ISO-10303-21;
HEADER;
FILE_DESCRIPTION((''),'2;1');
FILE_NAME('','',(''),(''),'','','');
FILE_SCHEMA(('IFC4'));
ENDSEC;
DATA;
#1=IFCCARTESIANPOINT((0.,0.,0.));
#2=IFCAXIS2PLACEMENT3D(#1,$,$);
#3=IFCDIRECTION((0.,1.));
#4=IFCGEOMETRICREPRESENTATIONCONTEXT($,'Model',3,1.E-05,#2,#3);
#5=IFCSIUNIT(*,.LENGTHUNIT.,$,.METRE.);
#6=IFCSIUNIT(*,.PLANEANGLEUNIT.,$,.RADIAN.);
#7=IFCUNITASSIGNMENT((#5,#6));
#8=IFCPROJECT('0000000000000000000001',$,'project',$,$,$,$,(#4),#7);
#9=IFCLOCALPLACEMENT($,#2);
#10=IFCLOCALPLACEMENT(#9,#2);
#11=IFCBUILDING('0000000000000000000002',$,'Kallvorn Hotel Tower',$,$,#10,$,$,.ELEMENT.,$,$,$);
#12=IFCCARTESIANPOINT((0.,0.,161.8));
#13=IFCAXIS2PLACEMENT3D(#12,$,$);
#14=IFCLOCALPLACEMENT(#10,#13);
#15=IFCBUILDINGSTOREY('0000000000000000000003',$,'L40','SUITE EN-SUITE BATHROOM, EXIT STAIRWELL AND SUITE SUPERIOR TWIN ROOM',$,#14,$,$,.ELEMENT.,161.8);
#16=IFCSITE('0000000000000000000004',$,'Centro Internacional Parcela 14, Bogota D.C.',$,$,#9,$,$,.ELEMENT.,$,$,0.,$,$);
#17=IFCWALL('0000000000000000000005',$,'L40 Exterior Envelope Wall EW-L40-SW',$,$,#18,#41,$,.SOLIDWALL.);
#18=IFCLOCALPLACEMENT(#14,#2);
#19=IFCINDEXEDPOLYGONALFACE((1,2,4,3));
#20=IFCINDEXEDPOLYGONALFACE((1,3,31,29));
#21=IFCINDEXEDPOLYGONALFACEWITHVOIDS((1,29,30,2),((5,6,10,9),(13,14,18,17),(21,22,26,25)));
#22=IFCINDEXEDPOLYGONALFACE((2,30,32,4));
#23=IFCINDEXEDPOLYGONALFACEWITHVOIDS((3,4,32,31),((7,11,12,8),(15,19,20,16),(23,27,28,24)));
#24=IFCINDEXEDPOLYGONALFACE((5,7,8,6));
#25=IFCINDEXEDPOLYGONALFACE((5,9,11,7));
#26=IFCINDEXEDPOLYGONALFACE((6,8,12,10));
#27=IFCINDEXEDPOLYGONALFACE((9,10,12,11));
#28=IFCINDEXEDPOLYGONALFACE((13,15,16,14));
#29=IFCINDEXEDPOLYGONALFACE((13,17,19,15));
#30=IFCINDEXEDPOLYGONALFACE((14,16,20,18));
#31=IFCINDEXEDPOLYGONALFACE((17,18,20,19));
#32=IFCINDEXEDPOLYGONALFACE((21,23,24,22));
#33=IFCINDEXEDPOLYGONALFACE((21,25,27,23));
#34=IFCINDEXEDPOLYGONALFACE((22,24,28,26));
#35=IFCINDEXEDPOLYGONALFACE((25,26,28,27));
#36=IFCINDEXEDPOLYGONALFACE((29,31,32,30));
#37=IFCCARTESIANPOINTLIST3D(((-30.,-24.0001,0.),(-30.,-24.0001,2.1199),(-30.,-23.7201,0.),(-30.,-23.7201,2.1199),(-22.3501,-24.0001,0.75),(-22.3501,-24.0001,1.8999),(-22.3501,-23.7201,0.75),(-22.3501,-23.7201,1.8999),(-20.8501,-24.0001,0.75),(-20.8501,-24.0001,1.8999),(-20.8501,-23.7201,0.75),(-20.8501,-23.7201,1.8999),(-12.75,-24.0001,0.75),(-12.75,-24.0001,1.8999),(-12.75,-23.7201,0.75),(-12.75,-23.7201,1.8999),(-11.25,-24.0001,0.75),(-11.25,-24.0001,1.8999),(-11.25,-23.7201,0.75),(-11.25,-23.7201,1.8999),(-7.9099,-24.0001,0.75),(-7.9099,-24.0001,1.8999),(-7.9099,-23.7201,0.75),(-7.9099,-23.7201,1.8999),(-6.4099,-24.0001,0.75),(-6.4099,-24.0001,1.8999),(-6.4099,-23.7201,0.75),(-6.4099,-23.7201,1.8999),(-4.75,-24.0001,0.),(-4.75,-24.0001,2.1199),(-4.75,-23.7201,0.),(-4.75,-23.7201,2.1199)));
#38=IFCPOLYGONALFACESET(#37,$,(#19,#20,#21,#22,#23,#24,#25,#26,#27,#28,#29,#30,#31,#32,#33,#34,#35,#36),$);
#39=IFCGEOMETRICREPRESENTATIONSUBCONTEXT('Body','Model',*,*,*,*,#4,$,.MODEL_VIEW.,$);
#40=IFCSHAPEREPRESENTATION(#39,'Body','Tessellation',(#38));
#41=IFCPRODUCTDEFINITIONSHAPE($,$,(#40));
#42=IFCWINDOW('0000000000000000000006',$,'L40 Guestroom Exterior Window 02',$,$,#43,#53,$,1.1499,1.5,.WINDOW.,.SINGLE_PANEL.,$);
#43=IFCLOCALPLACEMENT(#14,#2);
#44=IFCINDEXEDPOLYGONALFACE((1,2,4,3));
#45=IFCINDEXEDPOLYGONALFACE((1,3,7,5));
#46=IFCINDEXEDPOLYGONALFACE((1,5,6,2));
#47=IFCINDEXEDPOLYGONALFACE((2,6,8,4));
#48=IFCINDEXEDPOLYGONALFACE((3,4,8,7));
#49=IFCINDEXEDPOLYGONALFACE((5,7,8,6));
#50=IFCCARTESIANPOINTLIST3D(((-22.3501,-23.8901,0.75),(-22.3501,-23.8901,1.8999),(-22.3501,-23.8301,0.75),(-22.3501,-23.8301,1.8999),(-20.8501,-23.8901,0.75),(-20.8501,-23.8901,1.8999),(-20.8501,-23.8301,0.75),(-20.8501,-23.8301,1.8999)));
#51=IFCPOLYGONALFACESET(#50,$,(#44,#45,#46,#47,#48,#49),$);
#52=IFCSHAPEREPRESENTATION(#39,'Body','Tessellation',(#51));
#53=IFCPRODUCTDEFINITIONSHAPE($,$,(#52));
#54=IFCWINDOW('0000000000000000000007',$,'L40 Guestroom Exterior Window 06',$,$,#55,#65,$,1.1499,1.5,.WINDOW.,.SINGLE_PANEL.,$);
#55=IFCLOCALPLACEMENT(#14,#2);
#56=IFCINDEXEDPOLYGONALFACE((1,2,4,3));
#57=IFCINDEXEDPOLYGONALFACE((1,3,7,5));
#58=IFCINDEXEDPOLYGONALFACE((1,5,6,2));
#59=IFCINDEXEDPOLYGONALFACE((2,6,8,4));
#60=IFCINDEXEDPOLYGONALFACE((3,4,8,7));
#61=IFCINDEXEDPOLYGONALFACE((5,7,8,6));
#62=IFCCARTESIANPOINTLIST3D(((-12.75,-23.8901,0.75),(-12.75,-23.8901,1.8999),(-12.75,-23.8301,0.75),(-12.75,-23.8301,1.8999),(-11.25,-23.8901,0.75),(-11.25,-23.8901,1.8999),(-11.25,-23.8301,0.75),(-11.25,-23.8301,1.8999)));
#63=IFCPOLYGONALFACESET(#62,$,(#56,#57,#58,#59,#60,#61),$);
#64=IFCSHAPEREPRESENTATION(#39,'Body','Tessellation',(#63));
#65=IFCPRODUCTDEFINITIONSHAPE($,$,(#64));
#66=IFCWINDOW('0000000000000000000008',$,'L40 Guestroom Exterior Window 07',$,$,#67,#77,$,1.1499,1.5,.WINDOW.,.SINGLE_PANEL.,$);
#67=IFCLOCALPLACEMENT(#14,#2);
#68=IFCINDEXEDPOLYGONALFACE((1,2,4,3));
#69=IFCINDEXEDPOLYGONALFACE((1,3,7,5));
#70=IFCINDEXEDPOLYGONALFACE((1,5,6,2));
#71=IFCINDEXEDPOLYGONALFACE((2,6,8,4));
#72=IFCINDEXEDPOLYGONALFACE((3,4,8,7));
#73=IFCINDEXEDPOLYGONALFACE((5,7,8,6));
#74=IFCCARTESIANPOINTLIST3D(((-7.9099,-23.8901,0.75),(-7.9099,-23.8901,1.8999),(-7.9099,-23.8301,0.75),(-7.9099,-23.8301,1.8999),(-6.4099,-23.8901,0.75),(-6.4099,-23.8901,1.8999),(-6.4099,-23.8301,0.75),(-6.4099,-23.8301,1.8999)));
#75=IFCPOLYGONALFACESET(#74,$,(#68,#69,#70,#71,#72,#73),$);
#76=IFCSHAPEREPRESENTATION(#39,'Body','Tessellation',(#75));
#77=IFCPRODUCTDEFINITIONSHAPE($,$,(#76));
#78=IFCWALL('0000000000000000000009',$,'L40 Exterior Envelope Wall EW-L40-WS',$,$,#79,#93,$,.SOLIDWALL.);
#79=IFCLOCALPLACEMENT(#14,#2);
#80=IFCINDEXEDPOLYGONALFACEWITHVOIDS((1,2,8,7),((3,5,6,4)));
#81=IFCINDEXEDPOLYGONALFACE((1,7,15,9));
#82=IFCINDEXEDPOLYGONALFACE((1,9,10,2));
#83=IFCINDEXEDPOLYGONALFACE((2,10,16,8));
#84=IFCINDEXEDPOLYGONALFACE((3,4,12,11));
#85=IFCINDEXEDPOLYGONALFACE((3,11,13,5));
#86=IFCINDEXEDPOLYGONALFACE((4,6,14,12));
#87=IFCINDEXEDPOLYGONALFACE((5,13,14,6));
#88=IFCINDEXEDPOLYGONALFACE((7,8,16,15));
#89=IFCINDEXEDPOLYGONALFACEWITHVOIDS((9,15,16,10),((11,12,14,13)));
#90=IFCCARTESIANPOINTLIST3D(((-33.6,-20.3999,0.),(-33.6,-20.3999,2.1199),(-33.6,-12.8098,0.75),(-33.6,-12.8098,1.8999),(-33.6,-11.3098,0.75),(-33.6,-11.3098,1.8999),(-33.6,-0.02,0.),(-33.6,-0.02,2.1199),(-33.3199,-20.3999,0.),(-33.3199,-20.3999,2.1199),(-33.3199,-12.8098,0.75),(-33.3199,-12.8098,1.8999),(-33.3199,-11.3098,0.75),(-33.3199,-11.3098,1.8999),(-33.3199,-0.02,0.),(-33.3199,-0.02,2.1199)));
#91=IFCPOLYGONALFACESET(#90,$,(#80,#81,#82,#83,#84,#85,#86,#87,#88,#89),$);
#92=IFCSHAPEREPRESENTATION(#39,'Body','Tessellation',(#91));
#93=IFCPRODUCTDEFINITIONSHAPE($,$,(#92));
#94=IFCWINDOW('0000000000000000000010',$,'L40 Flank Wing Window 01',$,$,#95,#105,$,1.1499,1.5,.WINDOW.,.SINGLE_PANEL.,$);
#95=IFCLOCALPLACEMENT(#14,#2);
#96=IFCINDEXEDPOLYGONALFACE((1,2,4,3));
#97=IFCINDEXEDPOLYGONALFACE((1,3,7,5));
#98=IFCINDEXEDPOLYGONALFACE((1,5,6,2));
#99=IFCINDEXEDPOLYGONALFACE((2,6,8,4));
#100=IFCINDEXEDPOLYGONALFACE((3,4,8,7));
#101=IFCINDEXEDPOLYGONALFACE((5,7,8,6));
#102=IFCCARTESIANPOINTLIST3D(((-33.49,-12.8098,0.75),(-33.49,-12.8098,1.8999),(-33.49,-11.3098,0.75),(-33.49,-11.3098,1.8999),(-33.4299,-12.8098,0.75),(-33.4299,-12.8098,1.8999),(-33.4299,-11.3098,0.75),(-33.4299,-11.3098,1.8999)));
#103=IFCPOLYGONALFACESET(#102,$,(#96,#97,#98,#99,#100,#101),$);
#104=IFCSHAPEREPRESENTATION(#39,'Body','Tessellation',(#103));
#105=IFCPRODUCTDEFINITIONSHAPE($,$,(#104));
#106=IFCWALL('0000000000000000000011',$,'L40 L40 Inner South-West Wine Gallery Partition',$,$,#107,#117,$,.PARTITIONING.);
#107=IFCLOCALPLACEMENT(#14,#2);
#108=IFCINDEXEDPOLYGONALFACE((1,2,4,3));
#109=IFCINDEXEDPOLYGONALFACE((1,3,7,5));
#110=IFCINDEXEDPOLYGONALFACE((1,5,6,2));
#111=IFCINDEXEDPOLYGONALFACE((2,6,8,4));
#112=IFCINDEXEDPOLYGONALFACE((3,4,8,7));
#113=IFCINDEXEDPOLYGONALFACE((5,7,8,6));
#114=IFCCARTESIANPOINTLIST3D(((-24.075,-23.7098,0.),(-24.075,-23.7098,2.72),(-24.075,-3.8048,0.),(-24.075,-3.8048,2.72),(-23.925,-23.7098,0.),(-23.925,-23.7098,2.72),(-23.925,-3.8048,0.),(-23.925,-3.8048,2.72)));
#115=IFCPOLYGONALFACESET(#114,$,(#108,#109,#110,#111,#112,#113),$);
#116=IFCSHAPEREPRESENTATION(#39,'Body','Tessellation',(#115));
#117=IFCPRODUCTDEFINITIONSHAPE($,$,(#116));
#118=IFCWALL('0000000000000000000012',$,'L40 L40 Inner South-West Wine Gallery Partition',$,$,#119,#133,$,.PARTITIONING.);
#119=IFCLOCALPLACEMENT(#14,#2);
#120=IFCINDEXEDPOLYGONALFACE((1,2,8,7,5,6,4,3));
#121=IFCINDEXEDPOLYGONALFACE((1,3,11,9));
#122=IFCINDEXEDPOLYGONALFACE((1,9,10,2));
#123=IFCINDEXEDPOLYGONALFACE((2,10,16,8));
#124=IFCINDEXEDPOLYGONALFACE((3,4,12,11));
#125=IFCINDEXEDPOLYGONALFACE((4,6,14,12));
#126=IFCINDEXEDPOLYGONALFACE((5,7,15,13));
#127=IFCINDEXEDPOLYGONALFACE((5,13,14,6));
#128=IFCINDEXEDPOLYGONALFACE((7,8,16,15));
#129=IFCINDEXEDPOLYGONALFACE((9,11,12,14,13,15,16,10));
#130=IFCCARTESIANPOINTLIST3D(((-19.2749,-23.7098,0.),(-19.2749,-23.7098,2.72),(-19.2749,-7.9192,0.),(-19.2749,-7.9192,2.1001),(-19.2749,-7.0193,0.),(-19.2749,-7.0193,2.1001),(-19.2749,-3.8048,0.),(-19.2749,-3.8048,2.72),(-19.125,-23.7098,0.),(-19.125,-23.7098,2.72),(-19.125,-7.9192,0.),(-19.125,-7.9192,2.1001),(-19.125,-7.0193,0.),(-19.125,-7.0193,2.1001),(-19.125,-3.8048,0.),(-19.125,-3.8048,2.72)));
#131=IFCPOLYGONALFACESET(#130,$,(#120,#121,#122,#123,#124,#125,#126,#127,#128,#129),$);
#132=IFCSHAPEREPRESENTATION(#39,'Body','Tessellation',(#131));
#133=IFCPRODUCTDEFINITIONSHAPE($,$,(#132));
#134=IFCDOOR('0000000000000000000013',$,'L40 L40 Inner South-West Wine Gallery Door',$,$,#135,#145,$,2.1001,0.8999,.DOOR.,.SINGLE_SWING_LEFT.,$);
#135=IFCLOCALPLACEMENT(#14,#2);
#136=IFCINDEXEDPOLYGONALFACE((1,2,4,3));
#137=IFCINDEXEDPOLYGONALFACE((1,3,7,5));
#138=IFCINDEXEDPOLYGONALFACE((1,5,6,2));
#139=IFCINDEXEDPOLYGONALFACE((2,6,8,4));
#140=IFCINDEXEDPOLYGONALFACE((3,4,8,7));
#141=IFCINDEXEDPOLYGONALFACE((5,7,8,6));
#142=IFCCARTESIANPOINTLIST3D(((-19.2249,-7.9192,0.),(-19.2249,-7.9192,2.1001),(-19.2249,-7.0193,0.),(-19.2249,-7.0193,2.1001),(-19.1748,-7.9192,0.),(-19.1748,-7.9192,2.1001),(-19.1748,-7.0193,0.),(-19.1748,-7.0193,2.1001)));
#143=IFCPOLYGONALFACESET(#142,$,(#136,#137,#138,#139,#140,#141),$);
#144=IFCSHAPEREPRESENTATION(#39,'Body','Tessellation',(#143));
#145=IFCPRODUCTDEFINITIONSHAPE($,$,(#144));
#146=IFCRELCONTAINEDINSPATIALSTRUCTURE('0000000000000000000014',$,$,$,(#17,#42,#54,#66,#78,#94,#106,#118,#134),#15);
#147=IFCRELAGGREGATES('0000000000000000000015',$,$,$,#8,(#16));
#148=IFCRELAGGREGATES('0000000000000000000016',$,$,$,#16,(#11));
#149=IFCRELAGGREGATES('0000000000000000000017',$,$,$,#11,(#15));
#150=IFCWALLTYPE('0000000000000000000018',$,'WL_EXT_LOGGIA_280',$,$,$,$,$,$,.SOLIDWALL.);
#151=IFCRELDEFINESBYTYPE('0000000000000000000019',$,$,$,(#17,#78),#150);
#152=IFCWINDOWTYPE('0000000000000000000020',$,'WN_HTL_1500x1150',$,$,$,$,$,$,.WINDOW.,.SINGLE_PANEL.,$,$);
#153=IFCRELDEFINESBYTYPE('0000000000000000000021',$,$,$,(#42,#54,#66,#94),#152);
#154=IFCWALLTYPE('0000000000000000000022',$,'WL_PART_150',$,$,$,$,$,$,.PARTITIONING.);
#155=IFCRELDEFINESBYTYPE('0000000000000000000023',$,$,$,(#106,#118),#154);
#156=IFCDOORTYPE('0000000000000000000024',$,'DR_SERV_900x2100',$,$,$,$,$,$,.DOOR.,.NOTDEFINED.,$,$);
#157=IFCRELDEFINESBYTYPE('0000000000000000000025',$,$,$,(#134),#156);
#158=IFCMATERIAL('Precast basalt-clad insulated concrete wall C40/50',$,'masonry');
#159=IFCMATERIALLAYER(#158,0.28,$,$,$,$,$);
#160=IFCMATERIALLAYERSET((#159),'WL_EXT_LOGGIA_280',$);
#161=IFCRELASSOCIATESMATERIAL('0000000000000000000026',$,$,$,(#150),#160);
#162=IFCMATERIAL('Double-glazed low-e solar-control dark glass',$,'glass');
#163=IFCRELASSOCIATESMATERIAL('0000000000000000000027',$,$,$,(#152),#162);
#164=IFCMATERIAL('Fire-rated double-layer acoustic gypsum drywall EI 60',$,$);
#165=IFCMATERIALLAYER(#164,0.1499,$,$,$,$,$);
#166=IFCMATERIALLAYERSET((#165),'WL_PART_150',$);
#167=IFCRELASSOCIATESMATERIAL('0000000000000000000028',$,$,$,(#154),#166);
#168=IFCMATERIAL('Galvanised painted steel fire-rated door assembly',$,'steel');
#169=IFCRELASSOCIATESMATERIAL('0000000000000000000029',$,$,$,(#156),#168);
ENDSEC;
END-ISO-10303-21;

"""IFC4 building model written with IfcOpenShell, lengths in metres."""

from ifc_helpers import new_model, si_unit, direction, frame, frame_2d, origin, place, context, subcontext, project, spatial, rectangle, extrude, material, layer, layer_set, type_object, element, fill, save


model = new_model("IFC4")

# Units and contexts
model_context = context("Model", 3, precision=1e-05, world=origin(), true_north=direction((0.0, 1.0)))
body_context = subcontext(model_context, "Body", "Model", "MODEL_VIEW")
ifc_project = project(units=[si_unit("LENGTHUNIT", "METRE"), si_unit("PLANEANGLEUNIT", "RADIAN")], contexts=[model_context])

# Site, building, storey
site_placement = place(None, origin())
site = spatial("IfcSite", under=ifc_project, at=site_placement, Name="Centro Internacional Parcela 14, Bogota D.C.", CompositionType="ELEMENT", RefElevation=0.0)
building_placement = place(site_placement, origin())
building = spatial("IfcBuilding", under=site, at=building_placement, Name="Kallvorn Hotel Tower", CompositionType="ELEMENT")
storey_placement = place(building_placement, frame((0.0, 0.0, 161.8)))
storey = spatial("IfcBuildingStorey", under=building, at=storey_placement, Name="L40", Description="SUITE EN-SUITE BATHROOM, EXIT STAIRWELL AND SUITE SUPERIOR TWIN ROOM", CompositionType="ELEMENT", Elevation=161.8)

# Shared definitions
ifc_material_1 = material(Name="Precast basalt-clad insulated concrete wall C40/50", Category="masonry")
ifc_layer_1 = layer(ifc_material_1, 0.28)
ifc_layer_set_1 = layer_set([ifc_layer_1], Name="WL_EXT_LOGGIA_280")
wall_type_1 = type_object("IfcWallType", Name="WL_EXT_LOGGIA_280", PredefinedType="SOLIDWALL", material=ifc_layer_set_1)

# Wall, openings, windows
wall_1_placement = place(storey_placement, frame((-30.0, -23.8601, 0.0), z_axis=(0.0, 0.0, 1.0), x_axis=(1.0, 0.0, 0.0)))
wall_1 = element("IfcWall", 1, at=wall_1_placement, inside=storey, type_object=wall_type_1, Name="L40 Exterior Envelope Wall EW-L40-SW", PredefinedType="SOLIDWALL", context=body_context, shape_type="SweptSolid", body=[
    extrude(rectangle(XDim=25.25, YDim=0.28, at=frame_2d((12.625, 0.0))), origin(), (0.0, 0.0, 1.0), 2.1199),
])
opening_1_placement = place(wall_1_placement, frame((7.6499, 0.0, 0.75)))
opening_1 = element("IfcOpeningElement", 2, at=opening_1_placement, cuts=wall_1, PredefinedType="OPENING", context=body_context, shape_type="SweptSolid", body=[
    extrude(rectangle(XDim=1.5, YDim=1.1499, at=frame_2d((0.75, 0.575))), frame((0.0, 0.155, 0.0), z_axis=(0.0, -1.0, 0.0), x_axis=(1.0, 0.0, 0.0)), (0.0, 0.0, 1.0), 0.3101),
])
opening_2_placement = place(wall_1_placement, frame((17.25, 0.0, 0.75)))
opening_2 = element("IfcOpeningElement", 3, at=opening_2_placement, cuts=wall_1, PredefinedType="OPENING", context=body_context, shape_type="SweptSolid", body=[
    extrude(rectangle(XDim=1.5, YDim=1.1499, at=frame_2d((0.75, 0.575))), frame((0.0, 0.155, 0.0), z_axis=(0.0, -1.0, 0.0), x_axis=(1.0, 0.0, 0.0)), (0.0, 0.0, 1.0), 0.3101),
])
opening_3_placement = place(wall_1_placement, frame((22.0901, 0.0, 0.75)))
opening_3 = element("IfcOpeningElement", 4, at=opening_3_placement, cuts=wall_1, PredefinedType="OPENING", context=body_context, shape_type="SweptSolid", body=[
    extrude(rectangle(XDim=1.5, YDim=1.1499, at=frame_2d((0.75, 0.575))), frame((0.0, 0.155, 0.0), z_axis=(0.0, -1.0, 0.0), x_axis=(1.0, 0.0, 0.0)), (0.0, 0.0, 1.0), 0.3101),
])
ifc_material_2 = material(Name="Double-glazed low-e solar-control dark glass", Category="glass")
window_type = type_object("IfcWindowType", Name="WN_HTL_1500x1150", PartitioningType="SINGLE_PANEL", PredefinedType="WINDOW", material=ifc_material_2)
window_1_placement = place(opening_1_placement, origin())
window_1 = element("IfcWindow", 5, at=window_1_placement, inside=storey, type_object=window_type, Name="L40 Guestroom Exterior Window 02", OverallHeight=1.1499, OverallWidth=1.5, PartitioningType="SINGLE_PANEL", PredefinedType="WINDOW", context=body_context, shape_type="SweptSolid", body=[
    extrude(rectangle(XDim=1.5, YDim=1.1499, at=frame_2d((0.75, 0.575))), frame((0.0, 0.03, 0.0), z_axis=(0.0, -1.0, 0.0), x_axis=(1.0, 0.0, 0.0)), (0.0, 0.0, 1.0), 0.0601),
])
fill(opening_1, window_1)
window_2_placement = place(opening_2_placement, origin())
window_2 = element("IfcWindow", 6, at=window_2_placement, inside=storey, type_object=window_type, Name="L40 Guestroom Exterior Window 06", OverallHeight=1.1499, OverallWidth=1.5, PartitioningType="SINGLE_PANEL", PredefinedType="WINDOW", context=body_context, shape_type="SweptSolid", body=[
    extrude(rectangle(XDim=1.5, YDim=1.1499, at=frame_2d((0.75, 0.575))), frame((0.0, 0.03, 0.0), z_axis=(0.0, -1.0, 0.0), x_axis=(1.0, 0.0, 0.0)), (0.0, 0.0, 1.0), 0.0601),
])
fill(opening_2, window_2)
window_3_placement = place(opening_3_placement, origin())
window_3 = element("IfcWindow", 7, at=window_3_placement, inside=storey, type_object=window_type, Name="L40 Guestroom Exterior Window 07", OverallHeight=1.1499, OverallWidth=1.5, PartitioningType="SINGLE_PANEL", PredefinedType="WINDOW", context=body_context, shape_type="SweptSolid", body=[
    extrude(rectangle(XDim=1.5, YDim=1.1499, at=frame_2d((0.75, 0.575))), frame((0.0, 0.03, 0.0), z_axis=(0.0, -1.0, 0.0), x_axis=(1.0, 0.0, 0.0)), (0.0, 0.0, 1.0), 0.0601),
])
fill(opening_3, window_3)

# Wall, opening, window
wall_2_placement = place(storey_placement, frame((-33.46, -20.3999, 0.0), z_axis=(0.0, 0.0, 1.0), x_axis=(0.0, 1.0, 0.0)))
wall_2 = element("IfcWall", 8, at=wall_2_placement, inside=storey, type_object=wall_type_1, Name="L40 Exterior Envelope Wall EW-L40-WS", PredefinedType="SOLIDWALL", context=body_context, shape_type="SweptSolid", body=[
    extrude(rectangle(XDim=20.3799, YDim=0.28, at=frame_2d((10.1899, 0.0))), origin(), (0.0, 0.0, 1.0), 2.1199),
])
opening_4_placement = place(wall_2_placement, frame((7.5901, 0.0, 0.75)))
opening_4 = element("IfcOpeningElement", 9, at=opening_4_placement, cuts=wall_2, PredefinedType="OPENING", context=body_context, shape_type="SweptSolid", body=[
    extrude(rectangle(XDim=1.5, YDim=1.1499, at=frame_2d((0.75, 0.575))), frame((0.0, 0.155, 0.0), z_axis=(0.0, -1.0, 0.0), x_axis=(1.0, 0.0, 0.0)), (0.0, 0.0, 1.0), 0.3101),
])
window_4_placement = place(opening_4_placement, origin())
window_4 = element("IfcWindow", 10, at=window_4_placement, inside=storey, type_object=window_type, Name="L40 Flank Wing Window 01", OverallHeight=1.1499, OverallWidth=1.5, PartitioningType="SINGLE_PANEL", PredefinedType="WINDOW", context=body_context, shape_type="SweptSolid", body=[
    extrude(rectangle(XDim=1.5, YDim=1.1499, at=frame_2d((0.75, 0.575))), frame((0.0, 0.03, 0.0), z_axis=(0.0, -1.0, 0.0), x_axis=(1.0, 0.0, 0.0)), (0.0, 0.0, 1.0), 0.0601),
])
fill(opening_4, window_4)

# Wall
ifc_material_3 = material(Name="Fire-rated double-layer acoustic gypsum drywall EI 60")
ifc_layer_2 = layer(ifc_material_3, 0.1499)
ifc_layer_set_2 = layer_set([ifc_layer_2], Name="WL_PART_150")
wall_type_2 = type_object("IfcWallType", Name="WL_PART_150", PredefinedType="PARTITIONING", material=ifc_layer_set_2)
wall_3_placement = place(storey_placement, frame((-24.0, -23.71, 0.0), z_axis=(0.0, 0.0, 1.0), x_axis=(0.0, 1.0, 0.0)))
element("IfcWall", 11, at=wall_3_placement, inside=storey, type_object=wall_type_2, Name="L40 L40 Inner South-West Wine Gallery Partition", PredefinedType="PARTITIONING", context=body_context, shape_type="SweptSolid", body=[
    extrude(rectangle(XDim=19.905, YDim=0.1499, at=frame_2d((9.9526, 0.0))), origin(), (0.0, 0.0, 1.0), 2.72),
])

# Wall, opening, door
wall_4_placement = place(storey_placement, frame((-19.2, -23.71, 0.0), z_axis=(0.0, 0.0, 1.0), x_axis=(0.0, 1.0, 0.0)))
wall_4 = element("IfcWall", 12, at=wall_4_placement, inside=storey, type_object=wall_type_2, Name="L40 L40 Inner South-West Wine Gallery Partition", PredefinedType="PARTITIONING", context=body_context, shape_type="SweptSolid", body=[
    extrude(rectangle(XDim=19.905, YDim=0.1499, at=frame_2d((9.9526, 0.0))), origin(), (0.0, 0.0, 1.0), 2.72),
])
opening_5_placement = place(wall_4_placement, frame((15.7908, 0.0, 0.0)))
opening_5 = element("IfcOpeningElement", 13, at=opening_5_placement, cuts=wall_4, PredefinedType="OPENING", context=body_context, shape_type="SweptSolid", body=[
    extrude(rectangle(XDim=0.8999, YDim=2.1001, at=frame_2d((0.45, 1.05))), frame((0.0, 0.0898, 0.0), z_axis=(0.0, -1.0, 0.0), x_axis=(1.0, 0.0, 0.0)), (0.0, 0.0, 1.0), 0.1799),
])
ifc_material_4 = material(Name="Galvanised painted steel fire-rated door assembly", Category="steel")
door_type = type_object("IfcDoorType", Name="DR_SERV_900x2100", OperationType="NOTDEFINED", PredefinedType="DOOR", material=ifc_material_4)
door_placement = place(opening_5_placement, origin())
door = element("IfcDoor", 14, at=door_placement, inside=storey, type_object=door_type, Name="L40 L40 Inner South-West Wine Gallery Door", OperationType="SINGLE_SWING_LEFT", OverallHeight=2.1001, OverallWidth=0.8999, PredefinedType="DOOR", context=body_context, shape_type="SweptSolid", body=[
    extrude(rectangle(XDim=0.8999, YDim=2.1001, at=frame_2d((0.45, 1.05))), frame((0.0, 0.0249, 0.0), z_axis=(0.0, -1.0, 0.0), x_axis=(1.0, 0.0, 0.0)), (0.0, 0.0, 1.0), 0.05),
])
fill(opening_5, door)

save(model, "model.ifc")
